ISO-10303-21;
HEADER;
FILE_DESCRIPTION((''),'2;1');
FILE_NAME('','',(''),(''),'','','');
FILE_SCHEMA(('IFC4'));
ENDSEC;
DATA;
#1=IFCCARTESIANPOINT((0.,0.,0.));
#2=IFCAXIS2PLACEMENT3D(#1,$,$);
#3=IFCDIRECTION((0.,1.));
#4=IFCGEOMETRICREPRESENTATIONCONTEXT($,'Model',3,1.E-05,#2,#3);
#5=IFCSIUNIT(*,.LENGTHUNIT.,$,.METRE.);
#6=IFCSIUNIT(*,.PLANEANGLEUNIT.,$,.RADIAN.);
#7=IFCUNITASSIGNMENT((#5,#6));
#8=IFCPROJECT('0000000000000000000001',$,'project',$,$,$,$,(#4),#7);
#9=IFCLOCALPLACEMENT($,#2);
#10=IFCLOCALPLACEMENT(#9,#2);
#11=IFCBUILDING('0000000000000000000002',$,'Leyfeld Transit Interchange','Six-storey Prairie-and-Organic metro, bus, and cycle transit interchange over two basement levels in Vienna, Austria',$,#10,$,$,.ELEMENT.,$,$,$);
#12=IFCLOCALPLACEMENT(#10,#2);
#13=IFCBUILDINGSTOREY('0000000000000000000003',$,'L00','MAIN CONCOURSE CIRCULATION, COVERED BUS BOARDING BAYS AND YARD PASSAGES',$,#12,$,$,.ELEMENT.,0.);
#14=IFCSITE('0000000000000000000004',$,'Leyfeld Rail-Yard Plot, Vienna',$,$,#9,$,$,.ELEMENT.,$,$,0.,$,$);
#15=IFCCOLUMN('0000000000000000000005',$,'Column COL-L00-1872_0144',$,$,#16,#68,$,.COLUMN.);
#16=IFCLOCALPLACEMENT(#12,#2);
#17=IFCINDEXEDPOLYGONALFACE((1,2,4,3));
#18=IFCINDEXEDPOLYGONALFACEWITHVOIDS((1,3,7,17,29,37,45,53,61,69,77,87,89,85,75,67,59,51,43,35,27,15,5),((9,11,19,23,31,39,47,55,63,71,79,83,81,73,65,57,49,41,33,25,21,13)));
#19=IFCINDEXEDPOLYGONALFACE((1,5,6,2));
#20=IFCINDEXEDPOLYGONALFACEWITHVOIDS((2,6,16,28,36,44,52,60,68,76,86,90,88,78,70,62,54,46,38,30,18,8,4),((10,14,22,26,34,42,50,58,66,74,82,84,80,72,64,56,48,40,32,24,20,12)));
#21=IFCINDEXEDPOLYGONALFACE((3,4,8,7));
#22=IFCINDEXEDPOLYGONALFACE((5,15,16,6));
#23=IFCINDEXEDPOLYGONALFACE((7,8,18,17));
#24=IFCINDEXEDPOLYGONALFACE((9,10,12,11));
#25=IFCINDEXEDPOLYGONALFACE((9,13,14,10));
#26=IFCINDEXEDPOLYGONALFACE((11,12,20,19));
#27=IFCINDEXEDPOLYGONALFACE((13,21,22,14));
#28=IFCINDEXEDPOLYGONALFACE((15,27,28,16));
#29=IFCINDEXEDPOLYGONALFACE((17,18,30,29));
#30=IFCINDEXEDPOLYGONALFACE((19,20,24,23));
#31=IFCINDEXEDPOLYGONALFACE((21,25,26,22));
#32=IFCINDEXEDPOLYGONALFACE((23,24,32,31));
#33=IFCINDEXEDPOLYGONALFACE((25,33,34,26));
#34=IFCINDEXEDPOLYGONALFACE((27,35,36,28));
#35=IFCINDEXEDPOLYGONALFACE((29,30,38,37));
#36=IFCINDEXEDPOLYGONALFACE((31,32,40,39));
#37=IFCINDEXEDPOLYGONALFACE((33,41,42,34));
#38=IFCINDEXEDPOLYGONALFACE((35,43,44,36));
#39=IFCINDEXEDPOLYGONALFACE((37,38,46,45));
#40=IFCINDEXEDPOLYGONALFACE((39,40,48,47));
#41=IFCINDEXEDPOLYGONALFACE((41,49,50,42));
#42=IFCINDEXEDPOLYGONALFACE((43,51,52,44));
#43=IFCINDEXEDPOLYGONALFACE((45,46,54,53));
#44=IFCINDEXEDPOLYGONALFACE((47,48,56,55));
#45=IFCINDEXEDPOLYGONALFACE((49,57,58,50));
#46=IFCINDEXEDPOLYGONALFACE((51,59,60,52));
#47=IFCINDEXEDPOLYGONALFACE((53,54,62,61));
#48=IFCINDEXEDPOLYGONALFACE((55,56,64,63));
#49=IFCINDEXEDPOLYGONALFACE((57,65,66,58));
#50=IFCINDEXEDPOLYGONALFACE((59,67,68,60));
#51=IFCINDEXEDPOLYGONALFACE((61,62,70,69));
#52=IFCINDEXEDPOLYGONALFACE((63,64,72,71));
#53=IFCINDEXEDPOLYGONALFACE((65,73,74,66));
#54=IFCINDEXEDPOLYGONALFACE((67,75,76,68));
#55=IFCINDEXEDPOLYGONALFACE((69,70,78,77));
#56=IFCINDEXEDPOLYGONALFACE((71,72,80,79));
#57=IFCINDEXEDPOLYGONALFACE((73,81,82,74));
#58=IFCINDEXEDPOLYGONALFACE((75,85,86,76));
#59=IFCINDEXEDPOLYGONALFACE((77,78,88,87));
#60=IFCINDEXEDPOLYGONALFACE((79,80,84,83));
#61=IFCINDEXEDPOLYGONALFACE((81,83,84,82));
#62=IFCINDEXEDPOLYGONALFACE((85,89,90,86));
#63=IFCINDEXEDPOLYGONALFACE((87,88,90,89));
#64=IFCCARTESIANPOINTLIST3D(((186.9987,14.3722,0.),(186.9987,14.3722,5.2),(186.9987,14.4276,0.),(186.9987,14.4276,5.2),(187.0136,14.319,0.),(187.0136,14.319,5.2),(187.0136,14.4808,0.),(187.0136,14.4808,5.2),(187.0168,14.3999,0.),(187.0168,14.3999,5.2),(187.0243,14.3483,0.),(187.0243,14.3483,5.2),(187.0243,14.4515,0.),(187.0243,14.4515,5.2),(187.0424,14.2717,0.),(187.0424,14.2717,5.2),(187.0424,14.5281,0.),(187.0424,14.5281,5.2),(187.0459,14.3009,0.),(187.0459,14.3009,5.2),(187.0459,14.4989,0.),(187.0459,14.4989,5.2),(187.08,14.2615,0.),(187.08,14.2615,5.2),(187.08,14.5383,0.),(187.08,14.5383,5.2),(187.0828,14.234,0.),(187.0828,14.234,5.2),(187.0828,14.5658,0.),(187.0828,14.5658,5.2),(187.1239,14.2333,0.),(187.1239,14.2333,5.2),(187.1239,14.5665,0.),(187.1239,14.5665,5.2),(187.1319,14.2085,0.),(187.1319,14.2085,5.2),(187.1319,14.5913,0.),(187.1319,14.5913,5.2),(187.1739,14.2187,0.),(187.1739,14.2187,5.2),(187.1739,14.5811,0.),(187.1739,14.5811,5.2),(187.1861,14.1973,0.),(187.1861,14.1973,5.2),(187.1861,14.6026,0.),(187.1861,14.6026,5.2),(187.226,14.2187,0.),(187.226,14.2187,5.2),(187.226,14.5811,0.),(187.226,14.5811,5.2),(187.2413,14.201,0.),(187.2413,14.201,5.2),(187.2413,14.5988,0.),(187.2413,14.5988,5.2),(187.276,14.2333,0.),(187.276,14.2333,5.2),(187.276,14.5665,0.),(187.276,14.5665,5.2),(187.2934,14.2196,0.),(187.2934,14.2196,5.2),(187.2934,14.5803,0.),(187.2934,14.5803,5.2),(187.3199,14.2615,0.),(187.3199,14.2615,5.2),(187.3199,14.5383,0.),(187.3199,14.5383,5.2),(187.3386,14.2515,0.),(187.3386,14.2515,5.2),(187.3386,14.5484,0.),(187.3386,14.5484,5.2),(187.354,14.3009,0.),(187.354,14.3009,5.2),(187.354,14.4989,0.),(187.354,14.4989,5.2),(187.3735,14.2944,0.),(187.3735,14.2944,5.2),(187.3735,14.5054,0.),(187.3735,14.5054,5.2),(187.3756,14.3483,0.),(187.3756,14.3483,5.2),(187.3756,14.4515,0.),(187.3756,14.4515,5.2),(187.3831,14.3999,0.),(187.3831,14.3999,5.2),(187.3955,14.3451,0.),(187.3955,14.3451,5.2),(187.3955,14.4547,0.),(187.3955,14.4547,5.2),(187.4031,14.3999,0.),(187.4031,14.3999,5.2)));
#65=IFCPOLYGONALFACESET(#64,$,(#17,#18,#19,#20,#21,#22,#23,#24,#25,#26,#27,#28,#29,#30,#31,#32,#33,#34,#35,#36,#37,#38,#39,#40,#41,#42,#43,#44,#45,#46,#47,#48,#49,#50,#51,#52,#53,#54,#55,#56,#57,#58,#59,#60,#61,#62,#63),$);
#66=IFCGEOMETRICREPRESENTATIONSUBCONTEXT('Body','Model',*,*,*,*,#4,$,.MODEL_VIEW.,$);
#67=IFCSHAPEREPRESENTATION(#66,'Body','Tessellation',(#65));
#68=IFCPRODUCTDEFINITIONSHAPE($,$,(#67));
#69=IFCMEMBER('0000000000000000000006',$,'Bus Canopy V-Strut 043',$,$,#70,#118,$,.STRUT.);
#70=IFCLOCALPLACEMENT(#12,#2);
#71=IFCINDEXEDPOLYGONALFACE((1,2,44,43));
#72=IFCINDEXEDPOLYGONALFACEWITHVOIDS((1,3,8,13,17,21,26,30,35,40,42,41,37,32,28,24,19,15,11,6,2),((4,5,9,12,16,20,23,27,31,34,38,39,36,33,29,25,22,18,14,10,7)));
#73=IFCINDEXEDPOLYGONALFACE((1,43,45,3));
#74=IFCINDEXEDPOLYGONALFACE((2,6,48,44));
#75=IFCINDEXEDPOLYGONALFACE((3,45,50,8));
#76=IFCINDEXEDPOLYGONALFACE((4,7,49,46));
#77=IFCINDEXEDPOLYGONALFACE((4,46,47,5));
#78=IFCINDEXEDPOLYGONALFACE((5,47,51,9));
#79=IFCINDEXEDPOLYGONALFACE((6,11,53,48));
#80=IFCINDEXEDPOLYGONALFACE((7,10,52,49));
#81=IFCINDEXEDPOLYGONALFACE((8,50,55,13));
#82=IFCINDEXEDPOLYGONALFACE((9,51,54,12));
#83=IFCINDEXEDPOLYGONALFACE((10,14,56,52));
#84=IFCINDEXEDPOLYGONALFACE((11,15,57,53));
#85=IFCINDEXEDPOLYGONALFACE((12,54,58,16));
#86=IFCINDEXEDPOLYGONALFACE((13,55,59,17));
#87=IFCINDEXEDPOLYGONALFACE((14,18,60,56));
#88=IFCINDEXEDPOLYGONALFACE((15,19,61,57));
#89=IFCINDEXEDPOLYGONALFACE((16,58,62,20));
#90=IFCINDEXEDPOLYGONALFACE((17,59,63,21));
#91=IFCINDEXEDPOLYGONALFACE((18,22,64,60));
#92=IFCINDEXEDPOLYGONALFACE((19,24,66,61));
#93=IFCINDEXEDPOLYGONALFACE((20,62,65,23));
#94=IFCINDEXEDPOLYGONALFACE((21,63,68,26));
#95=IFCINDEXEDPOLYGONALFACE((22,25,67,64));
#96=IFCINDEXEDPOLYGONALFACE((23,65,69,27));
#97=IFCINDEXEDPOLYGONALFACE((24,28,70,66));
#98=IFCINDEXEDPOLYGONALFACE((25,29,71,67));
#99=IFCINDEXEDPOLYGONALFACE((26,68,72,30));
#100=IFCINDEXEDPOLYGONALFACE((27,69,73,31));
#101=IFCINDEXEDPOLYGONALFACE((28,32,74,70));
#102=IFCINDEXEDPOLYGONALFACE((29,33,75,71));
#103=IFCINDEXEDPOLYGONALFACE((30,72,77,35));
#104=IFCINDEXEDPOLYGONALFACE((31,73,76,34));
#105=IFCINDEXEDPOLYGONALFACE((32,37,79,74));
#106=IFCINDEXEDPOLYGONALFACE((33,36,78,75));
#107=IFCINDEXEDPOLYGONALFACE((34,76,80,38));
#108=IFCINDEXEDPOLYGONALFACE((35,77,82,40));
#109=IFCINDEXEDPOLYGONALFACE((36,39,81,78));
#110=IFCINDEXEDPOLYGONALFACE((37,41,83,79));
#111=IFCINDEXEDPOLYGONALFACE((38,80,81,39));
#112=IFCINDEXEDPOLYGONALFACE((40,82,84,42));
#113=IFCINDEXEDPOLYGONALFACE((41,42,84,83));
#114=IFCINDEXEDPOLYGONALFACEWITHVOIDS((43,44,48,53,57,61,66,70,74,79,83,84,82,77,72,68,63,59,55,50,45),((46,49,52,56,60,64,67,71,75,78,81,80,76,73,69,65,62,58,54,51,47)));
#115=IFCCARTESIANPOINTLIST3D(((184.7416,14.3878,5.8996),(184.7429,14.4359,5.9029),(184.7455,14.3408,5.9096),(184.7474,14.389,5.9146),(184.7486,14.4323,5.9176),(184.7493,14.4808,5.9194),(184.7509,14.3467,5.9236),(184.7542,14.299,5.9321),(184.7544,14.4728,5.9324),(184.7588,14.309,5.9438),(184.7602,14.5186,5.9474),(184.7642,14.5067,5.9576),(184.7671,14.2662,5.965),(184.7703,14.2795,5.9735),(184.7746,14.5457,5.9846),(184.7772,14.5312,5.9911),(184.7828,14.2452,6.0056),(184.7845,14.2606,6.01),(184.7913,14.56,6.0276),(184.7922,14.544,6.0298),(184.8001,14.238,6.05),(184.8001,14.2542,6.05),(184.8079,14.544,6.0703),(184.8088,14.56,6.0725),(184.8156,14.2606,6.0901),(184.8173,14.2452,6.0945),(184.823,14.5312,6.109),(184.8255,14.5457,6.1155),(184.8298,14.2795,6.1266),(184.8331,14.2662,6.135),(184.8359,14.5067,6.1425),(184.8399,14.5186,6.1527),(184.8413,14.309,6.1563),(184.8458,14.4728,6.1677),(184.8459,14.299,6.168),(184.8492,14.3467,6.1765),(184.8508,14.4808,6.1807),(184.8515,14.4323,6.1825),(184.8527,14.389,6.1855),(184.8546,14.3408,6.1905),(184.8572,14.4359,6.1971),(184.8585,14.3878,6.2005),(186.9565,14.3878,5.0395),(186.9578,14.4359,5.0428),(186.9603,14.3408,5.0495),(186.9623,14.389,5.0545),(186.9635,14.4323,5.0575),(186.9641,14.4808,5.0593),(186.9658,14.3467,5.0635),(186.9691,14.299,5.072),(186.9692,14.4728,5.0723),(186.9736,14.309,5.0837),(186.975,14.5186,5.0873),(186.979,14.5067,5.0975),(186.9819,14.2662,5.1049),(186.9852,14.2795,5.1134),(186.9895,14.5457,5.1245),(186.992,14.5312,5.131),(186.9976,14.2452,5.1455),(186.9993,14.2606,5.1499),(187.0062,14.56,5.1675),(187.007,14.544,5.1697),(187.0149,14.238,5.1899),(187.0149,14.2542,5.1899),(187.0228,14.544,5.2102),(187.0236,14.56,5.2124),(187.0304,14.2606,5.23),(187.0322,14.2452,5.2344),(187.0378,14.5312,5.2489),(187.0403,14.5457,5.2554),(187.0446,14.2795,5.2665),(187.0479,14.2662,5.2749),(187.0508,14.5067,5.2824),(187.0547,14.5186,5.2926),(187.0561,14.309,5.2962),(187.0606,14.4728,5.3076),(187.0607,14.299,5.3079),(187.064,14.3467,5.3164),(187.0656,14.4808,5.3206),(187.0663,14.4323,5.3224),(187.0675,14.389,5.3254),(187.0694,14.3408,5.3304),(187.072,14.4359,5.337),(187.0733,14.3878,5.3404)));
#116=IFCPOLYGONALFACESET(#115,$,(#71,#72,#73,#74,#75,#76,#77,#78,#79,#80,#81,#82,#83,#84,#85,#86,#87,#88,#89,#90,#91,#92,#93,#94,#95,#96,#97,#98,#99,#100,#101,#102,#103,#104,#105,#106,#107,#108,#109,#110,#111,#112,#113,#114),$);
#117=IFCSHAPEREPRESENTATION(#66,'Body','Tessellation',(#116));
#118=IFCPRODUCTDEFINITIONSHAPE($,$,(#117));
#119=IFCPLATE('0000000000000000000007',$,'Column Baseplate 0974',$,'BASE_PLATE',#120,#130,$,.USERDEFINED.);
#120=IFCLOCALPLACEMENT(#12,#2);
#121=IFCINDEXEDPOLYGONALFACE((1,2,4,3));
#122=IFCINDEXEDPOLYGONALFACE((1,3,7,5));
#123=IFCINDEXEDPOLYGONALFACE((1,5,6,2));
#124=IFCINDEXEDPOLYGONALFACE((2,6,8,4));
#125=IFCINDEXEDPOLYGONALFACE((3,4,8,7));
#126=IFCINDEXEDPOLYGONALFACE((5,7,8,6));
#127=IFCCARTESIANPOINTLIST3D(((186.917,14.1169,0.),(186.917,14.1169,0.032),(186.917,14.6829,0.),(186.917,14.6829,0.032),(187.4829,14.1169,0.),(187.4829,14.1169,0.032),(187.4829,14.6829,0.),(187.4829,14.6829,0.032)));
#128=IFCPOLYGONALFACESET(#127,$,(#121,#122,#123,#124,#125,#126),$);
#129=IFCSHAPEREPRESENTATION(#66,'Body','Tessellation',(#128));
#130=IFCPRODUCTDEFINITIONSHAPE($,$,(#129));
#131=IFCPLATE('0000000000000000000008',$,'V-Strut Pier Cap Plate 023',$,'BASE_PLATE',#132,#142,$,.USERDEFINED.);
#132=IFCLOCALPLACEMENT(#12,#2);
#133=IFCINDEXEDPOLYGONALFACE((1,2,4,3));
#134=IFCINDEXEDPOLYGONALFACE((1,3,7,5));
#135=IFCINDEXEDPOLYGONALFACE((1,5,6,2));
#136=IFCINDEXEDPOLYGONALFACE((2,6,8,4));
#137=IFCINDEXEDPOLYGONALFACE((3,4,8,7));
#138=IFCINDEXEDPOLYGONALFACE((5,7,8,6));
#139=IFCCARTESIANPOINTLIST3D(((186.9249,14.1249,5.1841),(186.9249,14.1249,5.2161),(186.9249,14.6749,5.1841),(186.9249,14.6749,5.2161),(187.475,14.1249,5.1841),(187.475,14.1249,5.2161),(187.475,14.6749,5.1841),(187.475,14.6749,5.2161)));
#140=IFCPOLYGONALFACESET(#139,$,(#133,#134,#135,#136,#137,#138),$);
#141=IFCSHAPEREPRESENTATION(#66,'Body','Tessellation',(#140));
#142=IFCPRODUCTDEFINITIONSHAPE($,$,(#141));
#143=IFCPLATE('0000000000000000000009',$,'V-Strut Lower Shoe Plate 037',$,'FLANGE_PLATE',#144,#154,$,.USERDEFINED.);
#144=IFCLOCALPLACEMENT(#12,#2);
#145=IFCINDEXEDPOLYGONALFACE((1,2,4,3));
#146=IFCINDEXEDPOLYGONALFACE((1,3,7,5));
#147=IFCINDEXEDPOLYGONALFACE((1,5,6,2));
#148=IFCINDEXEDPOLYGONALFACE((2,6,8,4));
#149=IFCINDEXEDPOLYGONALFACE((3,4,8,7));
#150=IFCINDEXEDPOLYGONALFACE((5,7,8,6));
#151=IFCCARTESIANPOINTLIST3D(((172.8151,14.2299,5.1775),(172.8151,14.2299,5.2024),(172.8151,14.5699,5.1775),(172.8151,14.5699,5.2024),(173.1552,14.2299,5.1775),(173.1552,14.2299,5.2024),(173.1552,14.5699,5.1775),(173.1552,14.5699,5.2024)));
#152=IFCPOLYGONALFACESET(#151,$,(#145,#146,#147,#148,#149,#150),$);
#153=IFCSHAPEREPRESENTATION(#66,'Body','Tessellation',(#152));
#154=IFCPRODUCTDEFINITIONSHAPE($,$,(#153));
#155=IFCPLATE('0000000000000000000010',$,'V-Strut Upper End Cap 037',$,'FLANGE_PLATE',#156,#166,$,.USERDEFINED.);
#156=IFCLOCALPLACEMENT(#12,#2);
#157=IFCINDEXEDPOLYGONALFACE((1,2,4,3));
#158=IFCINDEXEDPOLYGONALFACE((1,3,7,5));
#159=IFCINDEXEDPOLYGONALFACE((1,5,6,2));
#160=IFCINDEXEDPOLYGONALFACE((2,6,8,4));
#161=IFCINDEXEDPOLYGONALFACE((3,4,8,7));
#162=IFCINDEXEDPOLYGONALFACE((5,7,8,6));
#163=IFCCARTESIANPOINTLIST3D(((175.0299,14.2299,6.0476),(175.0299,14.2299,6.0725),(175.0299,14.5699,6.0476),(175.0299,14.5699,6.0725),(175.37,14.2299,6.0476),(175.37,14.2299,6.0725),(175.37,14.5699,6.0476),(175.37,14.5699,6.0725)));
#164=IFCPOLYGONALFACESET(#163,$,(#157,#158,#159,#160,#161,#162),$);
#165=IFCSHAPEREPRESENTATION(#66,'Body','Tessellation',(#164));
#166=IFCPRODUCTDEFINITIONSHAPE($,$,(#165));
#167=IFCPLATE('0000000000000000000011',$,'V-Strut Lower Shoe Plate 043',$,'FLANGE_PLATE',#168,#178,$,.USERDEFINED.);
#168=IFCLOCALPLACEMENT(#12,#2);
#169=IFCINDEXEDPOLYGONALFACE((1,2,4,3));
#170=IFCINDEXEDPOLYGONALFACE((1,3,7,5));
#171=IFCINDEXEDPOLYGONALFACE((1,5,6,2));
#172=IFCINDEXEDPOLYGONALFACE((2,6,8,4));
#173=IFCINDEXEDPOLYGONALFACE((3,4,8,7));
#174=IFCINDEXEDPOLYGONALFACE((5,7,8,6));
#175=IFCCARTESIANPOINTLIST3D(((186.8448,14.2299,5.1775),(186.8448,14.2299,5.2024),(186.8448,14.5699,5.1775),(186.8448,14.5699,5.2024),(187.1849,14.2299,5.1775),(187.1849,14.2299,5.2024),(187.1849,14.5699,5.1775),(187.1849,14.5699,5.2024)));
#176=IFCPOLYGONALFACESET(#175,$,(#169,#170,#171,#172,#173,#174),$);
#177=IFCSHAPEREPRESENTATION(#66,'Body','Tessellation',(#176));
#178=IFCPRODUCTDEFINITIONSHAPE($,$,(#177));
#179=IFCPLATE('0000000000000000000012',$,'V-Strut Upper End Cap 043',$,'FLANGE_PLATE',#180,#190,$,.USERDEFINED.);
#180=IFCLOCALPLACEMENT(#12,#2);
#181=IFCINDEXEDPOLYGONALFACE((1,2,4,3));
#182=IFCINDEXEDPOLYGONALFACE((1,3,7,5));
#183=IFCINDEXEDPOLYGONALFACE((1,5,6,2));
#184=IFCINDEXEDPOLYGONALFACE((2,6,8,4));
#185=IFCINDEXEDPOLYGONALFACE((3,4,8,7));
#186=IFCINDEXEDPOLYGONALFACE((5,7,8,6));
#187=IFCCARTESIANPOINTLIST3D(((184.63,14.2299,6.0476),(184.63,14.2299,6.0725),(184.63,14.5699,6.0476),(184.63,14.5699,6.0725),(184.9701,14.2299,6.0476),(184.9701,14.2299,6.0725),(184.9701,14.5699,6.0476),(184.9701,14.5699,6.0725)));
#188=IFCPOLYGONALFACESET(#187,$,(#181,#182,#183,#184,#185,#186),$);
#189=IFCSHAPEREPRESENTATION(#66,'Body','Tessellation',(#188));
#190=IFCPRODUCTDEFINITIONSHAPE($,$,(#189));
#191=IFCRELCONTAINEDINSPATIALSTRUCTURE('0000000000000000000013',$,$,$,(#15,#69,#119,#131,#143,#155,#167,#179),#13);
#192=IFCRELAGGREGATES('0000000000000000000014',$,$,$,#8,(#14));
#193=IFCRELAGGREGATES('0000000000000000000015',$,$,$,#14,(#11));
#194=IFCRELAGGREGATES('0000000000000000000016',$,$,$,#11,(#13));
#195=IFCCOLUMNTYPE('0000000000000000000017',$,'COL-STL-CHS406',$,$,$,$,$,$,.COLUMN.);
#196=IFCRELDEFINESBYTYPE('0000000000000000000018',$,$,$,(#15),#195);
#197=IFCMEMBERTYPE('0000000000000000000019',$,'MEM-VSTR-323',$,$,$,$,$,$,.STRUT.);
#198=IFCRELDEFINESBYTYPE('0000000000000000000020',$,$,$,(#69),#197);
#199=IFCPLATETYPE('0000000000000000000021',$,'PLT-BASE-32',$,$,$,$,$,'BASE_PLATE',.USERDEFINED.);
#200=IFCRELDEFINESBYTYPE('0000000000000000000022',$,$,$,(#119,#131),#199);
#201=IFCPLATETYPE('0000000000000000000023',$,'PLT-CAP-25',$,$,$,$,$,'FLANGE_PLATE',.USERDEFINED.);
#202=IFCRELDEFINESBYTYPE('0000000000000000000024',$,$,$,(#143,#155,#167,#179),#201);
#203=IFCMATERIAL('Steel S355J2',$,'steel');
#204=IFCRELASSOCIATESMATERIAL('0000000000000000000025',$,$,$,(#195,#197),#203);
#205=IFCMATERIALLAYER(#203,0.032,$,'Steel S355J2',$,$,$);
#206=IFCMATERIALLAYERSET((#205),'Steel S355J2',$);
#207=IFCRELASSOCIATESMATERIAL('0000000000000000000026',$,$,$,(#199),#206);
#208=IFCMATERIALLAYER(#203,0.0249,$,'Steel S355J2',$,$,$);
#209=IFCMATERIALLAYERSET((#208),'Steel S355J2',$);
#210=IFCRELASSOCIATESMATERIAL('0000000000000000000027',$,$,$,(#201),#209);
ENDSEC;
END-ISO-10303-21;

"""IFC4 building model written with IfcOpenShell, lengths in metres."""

from ifc_helpers import new_model, si_unit, direction, frame, origin, origin_2d, place, context, subcontext, project, spatial, rectangle, hollow_circle, extrude, material, layer, layer_set, material_profile, profile_set, type_object, element, save


model = new_model("IFC4")

# Units and contexts
model_context = context("Model", 3, precision=1e-05, world=origin(), true_north=direction((0.0, 1.0)))
body_context = subcontext(model_context, "Body", "Model", "MODEL_VIEW")
ifc_project = project(units=[si_unit("LENGTHUNIT", "METRE"), si_unit("PLANEANGLEUNIT", "RADIAN")], contexts=[model_context])

# Site, building, storey
site_placement = place(None, origin())
site = spatial("IfcSite", under=ifc_project, at=site_placement, Name="Leyfeld Rail-Yard Plot, Vienna", CompositionType="ELEMENT", RefElevation=0.0)
building_placement = place(site_placement, origin())
building = spatial("IfcBuilding", under=site, at=building_placement, Name="Leyfeld Transit Interchange", Description="Six-storey Prairie-and-Organic metro, bus, and cycle transit interchange over two basement levels in Vienna, Austria", CompositionType="ELEMENT")
storey_placement = place(building_placement, origin())
storey = spatial("IfcBuildingStorey", under=building, at=storey_placement, Name="L00", Description="MAIN CONCOURSE CIRCULATION, COVERED BUS BOARDING BAYS AND YARD PASSAGES", CompositionType="ELEMENT", Elevation=0.0)

# Column
ifc_material_1 = material(Name="Steel S355J2", Category="steel")
ifc_material_profile_1 = material_profile(ifc_material_1, hollow_circle(Radius=0.2031, WallThickness=0.02, at=origin_2d()), Name="CHS 406.4x20")
ifc_profile_set_1 = profile_set([ifc_material_profile_1], Name="Steel S355J2")
column_type = type_object("IfcColumnType", Name="COL-STL-CHS406", PredefinedType="COLUMN", material=ifc_profile_set_1)
column_placement = place(storey_placement, frame((187.2, 14.3999, 0.0), z_axis=(0.0, 0.0, 1.0), x_axis=(1.0, 0.0, 0.0)))
element("IfcColumn", 1, at=column_placement, inside=storey, type_object=column_type, Name="Column COL-L00-1872_0144", PredefinedType="COLUMN", context=body_context, shape_type="SweptSolid", body=[
    extrude(hollow_circle(Radius=0.2031, WallThickness=0.02, at=origin_2d()), origin(), (0.0, 0.0, 1.0), 5.2),
])

# Member
ifc_material_profile_2 = material_profile(ifc_material_1, hollow_circle(Radius=0.1619, WallThickness=0.0161, at=origin_2d()), Name="CHS 323.9x16")
ifc_profile_set_2 = profile_set([ifc_material_profile_2], Name="Steel S355J2")
member_type = type_object("IfcMemberType", Name="MEM-VSTR-323", PredefinedType="STRUT", material=ifc_profile_set_2)
member_placement = place(storey_placement, frame((187.0149, 14.3999, 5.1899), z_axis=(-0.932178, 0.0, 0.362), x_axis=(0.0, -1.0, 0.0)))
element("IfcMember", 2, at=member_placement, inside=storey, type_object=member_type, Name="Bus Canopy V-Strut 043", PredefinedType="STRUT", context=body_context, shape_type="SweptSolid", body=[
    extrude(hollow_circle(Radius=0.1619, WallThickness=0.0161, at=origin_2d()), origin(), (0.0, 0.0, 1.0), 2.376),
])

# Plates
ifc_layer_1 = layer(ifc_material_1, 0.032, Name="Steel S355J2")
ifc_layer_set_1 = layer_set([ifc_layer_1], Name="Steel S355J2")
plate_type_1 = type_object("IfcPlateType", Name="PLT-BASE-32", ElementType="BASE_PLATE", PredefinedType="USERDEFINED", material=ifc_layer_set_1)
plate_1_placement = place(storey_placement, frame((187.2, 14.3999, 0.0), z_axis=(0.0, 0.0, 1.0), x_axis=(1.0, 0.0, 0.0)))
element("IfcPlate", 3, at=plate_1_placement, inside=storey, type_object=plate_type_1, Name="Column Baseplate 0974", ObjectType="BASE_PLATE", PredefinedType="USERDEFINED", context=body_context, shape_type="SweptSolid", body=[
    extrude(rectangle(XDim=0.5659, YDim=0.5659, at=origin_2d()), origin(), (0.0, 0.0, 1.0), 0.032),
])
plate_2_placement = place(storey_placement, frame((187.2, 14.3999, 5.1841), z_axis=(0.0, 0.0, 1.0), x_axis=(1.0, 0.0, 0.0)))
element("IfcPlate", 4, at=plate_2_placement, inside=storey, type_object=plate_type_1, Name="V-Strut Pier Cap Plate 023", ObjectType="BASE_PLATE", PredefinedType="USERDEFINED", context=body_context, shape_type="SweptSolid", body=[
    extrude(rectangle(XDim=0.55, YDim=0.55, at=origin_2d()), origin(), (0.0, 0.0, 1.0), 0.032),
])
ifc_layer_2 = layer(ifc_material_1, 0.0249, Name="Steel S355J2")
ifc_layer_set_2 = layer_set([ifc_layer_2], Name="Steel S355J2")
plate_type_2 = type_object("IfcPlateType", Name="PLT-CAP-25", ElementType="FLANGE_PLATE", PredefinedType="USERDEFINED", material=ifc_layer_set_2)
for number, where, z_axis, x_axis, name in (
    (5, (172.9851, 14.3999, 5.1775), (0.0, 0.0, 1.0), (1.0, 0.0, 0.0), "V-Strut Lower Shoe Plate 037"),
    (6, (175.2, 14.3999, 6.0476), (0.0, 0.0, 1.0), (1.0, 0.0, 0.0), "V-Strut Upper End Cap 037"),
    (7, (187.0149, 14.3999, 5.1775), (0.0, 0.0, 1.0), (1.0, 0.0, 0.0), "V-Strut Lower Shoe Plate 043"),
    (8, (184.8, 14.3999, 6.0476), (0.0, 0.0, 1.0), (1.0, 0.0, 0.0), "V-Strut Upper End Cap 043"),
):
    element("IfcPlate", number, at=place(storey_placement, frame(where, z_axis=z_axis, x_axis=x_axis)), inside=storey, type_object=plate_type_2, Name=name, ObjectType="FLANGE_PLATE", PredefinedType="USERDEFINED", context=body_context, shape_type="SweptSolid", body=[
        extrude(rectangle(XDim=0.3401, YDim=0.3401, at=origin_2d()), origin(), (0.0, 0.0, 1.0), 0.0249),
    ])

save(model, "model.ifc")
